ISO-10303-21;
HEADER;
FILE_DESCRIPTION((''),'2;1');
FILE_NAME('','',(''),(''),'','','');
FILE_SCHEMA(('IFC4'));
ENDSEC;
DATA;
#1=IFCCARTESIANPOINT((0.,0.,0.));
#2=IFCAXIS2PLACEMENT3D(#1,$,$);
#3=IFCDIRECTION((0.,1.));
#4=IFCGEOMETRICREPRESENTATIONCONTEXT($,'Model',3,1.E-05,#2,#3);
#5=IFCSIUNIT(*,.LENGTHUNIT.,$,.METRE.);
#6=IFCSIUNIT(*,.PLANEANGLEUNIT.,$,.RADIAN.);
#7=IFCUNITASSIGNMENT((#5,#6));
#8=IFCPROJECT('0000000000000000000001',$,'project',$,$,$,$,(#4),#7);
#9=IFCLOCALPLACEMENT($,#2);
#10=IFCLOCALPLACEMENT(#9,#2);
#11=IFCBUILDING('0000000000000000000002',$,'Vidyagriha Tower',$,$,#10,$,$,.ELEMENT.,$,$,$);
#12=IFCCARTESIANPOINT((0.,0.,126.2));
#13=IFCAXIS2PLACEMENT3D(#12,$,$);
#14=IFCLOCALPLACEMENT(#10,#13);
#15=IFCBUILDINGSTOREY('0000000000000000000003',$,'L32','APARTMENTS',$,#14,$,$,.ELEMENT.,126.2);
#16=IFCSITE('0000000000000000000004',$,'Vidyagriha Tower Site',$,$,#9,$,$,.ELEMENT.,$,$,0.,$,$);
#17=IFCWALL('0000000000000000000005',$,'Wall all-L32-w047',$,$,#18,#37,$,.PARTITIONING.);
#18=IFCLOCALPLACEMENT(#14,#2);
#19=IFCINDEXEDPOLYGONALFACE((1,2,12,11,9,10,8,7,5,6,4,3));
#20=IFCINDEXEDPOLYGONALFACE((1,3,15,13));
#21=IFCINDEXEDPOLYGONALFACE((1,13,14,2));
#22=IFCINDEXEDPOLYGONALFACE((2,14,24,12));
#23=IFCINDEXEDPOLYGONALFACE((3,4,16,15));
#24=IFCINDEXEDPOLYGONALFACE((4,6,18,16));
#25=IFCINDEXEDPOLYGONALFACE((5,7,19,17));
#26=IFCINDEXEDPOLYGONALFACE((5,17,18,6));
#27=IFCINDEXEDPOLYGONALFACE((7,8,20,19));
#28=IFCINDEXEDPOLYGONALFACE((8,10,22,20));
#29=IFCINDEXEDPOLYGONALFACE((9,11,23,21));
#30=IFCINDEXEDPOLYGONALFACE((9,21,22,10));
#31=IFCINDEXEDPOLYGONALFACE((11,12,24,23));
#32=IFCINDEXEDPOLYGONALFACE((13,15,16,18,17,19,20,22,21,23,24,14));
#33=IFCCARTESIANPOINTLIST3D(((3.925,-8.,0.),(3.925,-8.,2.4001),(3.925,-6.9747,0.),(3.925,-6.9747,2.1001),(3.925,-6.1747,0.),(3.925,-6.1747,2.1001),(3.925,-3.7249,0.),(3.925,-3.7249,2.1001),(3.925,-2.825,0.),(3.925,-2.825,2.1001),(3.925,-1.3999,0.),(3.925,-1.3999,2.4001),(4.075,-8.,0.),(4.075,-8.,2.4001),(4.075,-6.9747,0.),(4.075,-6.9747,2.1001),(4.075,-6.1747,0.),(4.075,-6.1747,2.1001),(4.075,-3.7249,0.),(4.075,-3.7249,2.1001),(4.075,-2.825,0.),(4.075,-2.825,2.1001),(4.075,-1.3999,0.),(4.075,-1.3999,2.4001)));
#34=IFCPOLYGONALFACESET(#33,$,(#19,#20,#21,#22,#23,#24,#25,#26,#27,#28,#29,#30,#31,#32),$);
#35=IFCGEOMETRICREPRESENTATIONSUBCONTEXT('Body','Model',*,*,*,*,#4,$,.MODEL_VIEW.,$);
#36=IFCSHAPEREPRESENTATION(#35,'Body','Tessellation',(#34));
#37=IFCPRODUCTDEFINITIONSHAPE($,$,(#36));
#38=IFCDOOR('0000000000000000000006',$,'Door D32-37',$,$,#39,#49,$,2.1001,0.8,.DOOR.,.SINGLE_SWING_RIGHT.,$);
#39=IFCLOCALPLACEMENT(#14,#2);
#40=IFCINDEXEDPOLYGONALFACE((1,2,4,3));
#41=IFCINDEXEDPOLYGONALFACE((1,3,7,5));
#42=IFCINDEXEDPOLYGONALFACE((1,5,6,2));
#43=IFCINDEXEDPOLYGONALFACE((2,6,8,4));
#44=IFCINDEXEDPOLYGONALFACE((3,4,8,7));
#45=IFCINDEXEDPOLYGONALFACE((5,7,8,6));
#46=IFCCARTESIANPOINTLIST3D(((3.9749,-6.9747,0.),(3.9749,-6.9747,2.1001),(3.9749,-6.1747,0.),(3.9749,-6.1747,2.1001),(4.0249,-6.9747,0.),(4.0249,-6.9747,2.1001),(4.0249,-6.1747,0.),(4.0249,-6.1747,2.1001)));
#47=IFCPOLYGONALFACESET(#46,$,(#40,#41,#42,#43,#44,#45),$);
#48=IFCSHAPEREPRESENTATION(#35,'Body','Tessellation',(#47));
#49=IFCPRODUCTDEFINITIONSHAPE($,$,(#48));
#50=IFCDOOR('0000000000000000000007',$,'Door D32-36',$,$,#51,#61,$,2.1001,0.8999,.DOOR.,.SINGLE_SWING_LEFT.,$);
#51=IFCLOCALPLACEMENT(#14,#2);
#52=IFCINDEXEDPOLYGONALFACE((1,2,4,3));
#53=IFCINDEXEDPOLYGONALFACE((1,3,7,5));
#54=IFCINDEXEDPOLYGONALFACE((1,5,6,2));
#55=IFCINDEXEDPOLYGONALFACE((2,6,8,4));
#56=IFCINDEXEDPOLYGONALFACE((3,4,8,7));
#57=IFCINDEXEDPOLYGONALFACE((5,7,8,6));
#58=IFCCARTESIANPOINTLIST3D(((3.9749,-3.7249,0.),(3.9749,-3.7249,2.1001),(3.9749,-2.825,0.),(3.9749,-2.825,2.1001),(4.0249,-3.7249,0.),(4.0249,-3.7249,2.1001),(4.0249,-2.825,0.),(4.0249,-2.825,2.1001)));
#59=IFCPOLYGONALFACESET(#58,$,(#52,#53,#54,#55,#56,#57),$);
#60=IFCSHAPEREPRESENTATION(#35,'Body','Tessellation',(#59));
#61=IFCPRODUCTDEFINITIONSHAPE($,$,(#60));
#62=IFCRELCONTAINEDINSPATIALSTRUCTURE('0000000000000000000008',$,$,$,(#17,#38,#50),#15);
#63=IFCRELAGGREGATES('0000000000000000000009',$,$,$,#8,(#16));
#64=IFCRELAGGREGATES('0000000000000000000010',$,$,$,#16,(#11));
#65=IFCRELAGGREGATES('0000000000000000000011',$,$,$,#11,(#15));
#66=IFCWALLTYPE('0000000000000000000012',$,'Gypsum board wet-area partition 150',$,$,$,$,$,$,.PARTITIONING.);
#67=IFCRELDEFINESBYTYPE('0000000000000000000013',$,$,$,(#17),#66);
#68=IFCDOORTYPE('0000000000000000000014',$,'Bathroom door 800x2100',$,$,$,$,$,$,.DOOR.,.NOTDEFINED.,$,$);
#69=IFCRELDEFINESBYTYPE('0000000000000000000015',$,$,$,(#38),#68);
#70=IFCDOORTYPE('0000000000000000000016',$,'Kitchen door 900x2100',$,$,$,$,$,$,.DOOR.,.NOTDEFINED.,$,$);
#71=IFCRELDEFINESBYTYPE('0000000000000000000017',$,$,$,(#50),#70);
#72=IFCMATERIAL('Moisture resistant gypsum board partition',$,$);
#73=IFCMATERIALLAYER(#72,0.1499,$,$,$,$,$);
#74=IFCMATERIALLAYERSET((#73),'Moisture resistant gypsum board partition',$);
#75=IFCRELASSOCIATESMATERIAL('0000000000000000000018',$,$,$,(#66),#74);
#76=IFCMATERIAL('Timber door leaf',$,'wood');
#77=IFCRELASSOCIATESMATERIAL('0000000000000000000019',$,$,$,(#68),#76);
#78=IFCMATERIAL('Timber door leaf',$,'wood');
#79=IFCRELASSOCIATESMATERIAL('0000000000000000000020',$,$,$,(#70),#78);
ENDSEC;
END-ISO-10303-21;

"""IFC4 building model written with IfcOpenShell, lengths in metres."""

from ifc_helpers import new_model, si_unit, direction, frame, frame_2d, origin, place, context, subcontext, project, spatial, rectangle, extrude, material, layer, layer_set, type_object, element, fill, save


model = new_model("IFC4")

# Units and contexts
model_context = context("Model", 3, precision=1e-05, world=origin(), true_north=direction((0.0, 1.0)))
body_context = subcontext(model_context, "Body", "Model", "MODEL_VIEW")
ifc_project = project(units=[si_unit("LENGTHUNIT", "METRE"), si_unit("PLANEANGLEUNIT", "RADIAN")], contexts=[model_context])

# Site, building, storey
site_placement = place(None, origin())
site = spatial("IfcSite", under=ifc_project, at=site_placement, Name="Vidyagriha Tower Site", CompositionType="ELEMENT", RefElevation=0.0)
building_placement = place(site_placement, origin())
building = spatial("IfcBuilding", under=site, at=building_placement, Name="Vidyagriha Tower", CompositionType="ELEMENT")
storey_placement = place(building_placement, frame((0.0, 0.0, 126.2)))
storey = spatial("IfcBuildingStorey", under=building, at=storey_placement, Name="L32", Description="APARTMENTS", CompositionType="ELEMENT", Elevation=126.2)

# Wall, openings, doors
ifc_material_1 = material(Name="Moisture resistant gypsum board partition")
ifc_layer_1 = layer(ifc_material_1, 0.1499)
ifc_layer_set_1 = layer_set([ifc_layer_1], Name="Moisture resistant gypsum board partition")
wall_type_1 = type_object("IfcWallType", Name="Gypsum board wet-area partition 150", PredefinedType="PARTITIONING", material=ifc_layer_set_1)
ifc_material_2 = material(Name="Timber door leaf", Category="wood")
door_type_1 = type_object("IfcDoorType", Name="Bathroom door 800x2100", OperationType="NOTDEFINED", PredefinedType="DOOR", material=ifc_material_2)
ifc_material_3 = material(Name="Timber door leaf", Category="wood")
door_type_2 = type_object("IfcDoorType", Name="Kitchen door 900x2100", OperationType="NOTDEFINED", PredefinedType="DOOR", material=ifc_material_3)
wall_1_placement = place(storey_placement, frame((4.0, -1.3999, 0.0), z_axis=(0.0, 0.0, 1.0), x_axis=(0.0, -1.0, 0.0)))
wall_1 = element("IfcWall", 1, at=wall_1_placement, inside=storey, type_object=wall_type_1, Name="Wall all-L32-w047", PredefinedType="PARTITIONING", context=body_context, shape_type="SweptSolid", body=[
    extrude(rectangle(XDim=6.6001, YDim=0.1499, at=frame_2d((3.3, 0.0))), origin(), (0.0, 0.0, 1.0), 2.4001),
])
opening_1_placement = place(wall_1_placement, frame((1.425, 0.0, 0.0)))
opening_1 = element("IfcOpeningElement", 2, at=opening_1_placement, cuts=wall_1, PredefinedType="OPENING", context=body_context, shape_type="SweptSolid", body=[
    extrude(rectangle(XDim=0.8999, YDim=2.1001, at=frame_2d((0.45, 1.05))), frame((0.0, 0.085, 0.0), z_axis=(0.0, -1.0, 0.0), x_axis=(1.0, 0.0, 0.0)), (0.0, 0.0, 1.0), 0.1699),
])
opening_2_placement = place(wall_1_placement, frame((4.7749, 0.0, 0.0)))
opening_2 = element("IfcOpeningElement", 3, at=opening_2_placement, cuts=wall_1, PredefinedType="OPENING", context=body_context, shape_type="SweptSolid", body=[
    extrude(rectangle(XDim=0.8, YDim=2.1001, at=frame_2d((0.3999, 1.05))), frame((0.0, 0.085, 0.0), z_axis=(0.0, -1.0, 0.0), x_axis=(1.0, 0.0, 0.0)), (0.0, 0.0, 1.0), 0.1699),
])
door_1_placement = place(opening_2_placement, origin())
door_1 = element("IfcDoor", 4, at=door_1_placement, inside=storey, type_object=door_type_1, Name="Door D32-37", OperationType="SINGLE_SWING_RIGHT", OverallHeight=2.1001, OverallWidth=0.8, PredefinedType="DOOR", context=body_context, shape_type="SweptSolid", body=[
    extrude(rectangle(XDim=0.8, YDim=2.1001, at=frame_2d((0.3999, 1.05))), frame((0.0, 0.0249, 0.0), z_axis=(0.0, -1.0, 0.0), x_axis=(1.0, 0.0, 0.0)), (0.0, 0.0, 1.0), 0.05),
])
fill(opening_2, door_1)
door_2_placement = place(opening_1_placement, origin())
door_2 = element("IfcDoor", 5, at=door_2_placement, inside=storey, type_object=door_type_2, Name="Door D32-36", OperationType="SINGLE_SWING_LEFT", OverallHeight=2.1001, OverallWidth=0.8999, PredefinedType="DOOR", context=body_context, shape_type="SweptSolid", body=[
    extrude(rectangle(XDim=0.8999, YDim=2.1001, at=frame_2d((0.45, 1.05))), frame((0.0, 0.0249, 0.0), z_axis=(0.0, -1.0, 0.0), x_axis=(1.0, 0.0, 0.0)), (0.0, 0.0, 1.0), 0.05),
])
fill(opening_1, door_2)

save(model, "model.ifc")
